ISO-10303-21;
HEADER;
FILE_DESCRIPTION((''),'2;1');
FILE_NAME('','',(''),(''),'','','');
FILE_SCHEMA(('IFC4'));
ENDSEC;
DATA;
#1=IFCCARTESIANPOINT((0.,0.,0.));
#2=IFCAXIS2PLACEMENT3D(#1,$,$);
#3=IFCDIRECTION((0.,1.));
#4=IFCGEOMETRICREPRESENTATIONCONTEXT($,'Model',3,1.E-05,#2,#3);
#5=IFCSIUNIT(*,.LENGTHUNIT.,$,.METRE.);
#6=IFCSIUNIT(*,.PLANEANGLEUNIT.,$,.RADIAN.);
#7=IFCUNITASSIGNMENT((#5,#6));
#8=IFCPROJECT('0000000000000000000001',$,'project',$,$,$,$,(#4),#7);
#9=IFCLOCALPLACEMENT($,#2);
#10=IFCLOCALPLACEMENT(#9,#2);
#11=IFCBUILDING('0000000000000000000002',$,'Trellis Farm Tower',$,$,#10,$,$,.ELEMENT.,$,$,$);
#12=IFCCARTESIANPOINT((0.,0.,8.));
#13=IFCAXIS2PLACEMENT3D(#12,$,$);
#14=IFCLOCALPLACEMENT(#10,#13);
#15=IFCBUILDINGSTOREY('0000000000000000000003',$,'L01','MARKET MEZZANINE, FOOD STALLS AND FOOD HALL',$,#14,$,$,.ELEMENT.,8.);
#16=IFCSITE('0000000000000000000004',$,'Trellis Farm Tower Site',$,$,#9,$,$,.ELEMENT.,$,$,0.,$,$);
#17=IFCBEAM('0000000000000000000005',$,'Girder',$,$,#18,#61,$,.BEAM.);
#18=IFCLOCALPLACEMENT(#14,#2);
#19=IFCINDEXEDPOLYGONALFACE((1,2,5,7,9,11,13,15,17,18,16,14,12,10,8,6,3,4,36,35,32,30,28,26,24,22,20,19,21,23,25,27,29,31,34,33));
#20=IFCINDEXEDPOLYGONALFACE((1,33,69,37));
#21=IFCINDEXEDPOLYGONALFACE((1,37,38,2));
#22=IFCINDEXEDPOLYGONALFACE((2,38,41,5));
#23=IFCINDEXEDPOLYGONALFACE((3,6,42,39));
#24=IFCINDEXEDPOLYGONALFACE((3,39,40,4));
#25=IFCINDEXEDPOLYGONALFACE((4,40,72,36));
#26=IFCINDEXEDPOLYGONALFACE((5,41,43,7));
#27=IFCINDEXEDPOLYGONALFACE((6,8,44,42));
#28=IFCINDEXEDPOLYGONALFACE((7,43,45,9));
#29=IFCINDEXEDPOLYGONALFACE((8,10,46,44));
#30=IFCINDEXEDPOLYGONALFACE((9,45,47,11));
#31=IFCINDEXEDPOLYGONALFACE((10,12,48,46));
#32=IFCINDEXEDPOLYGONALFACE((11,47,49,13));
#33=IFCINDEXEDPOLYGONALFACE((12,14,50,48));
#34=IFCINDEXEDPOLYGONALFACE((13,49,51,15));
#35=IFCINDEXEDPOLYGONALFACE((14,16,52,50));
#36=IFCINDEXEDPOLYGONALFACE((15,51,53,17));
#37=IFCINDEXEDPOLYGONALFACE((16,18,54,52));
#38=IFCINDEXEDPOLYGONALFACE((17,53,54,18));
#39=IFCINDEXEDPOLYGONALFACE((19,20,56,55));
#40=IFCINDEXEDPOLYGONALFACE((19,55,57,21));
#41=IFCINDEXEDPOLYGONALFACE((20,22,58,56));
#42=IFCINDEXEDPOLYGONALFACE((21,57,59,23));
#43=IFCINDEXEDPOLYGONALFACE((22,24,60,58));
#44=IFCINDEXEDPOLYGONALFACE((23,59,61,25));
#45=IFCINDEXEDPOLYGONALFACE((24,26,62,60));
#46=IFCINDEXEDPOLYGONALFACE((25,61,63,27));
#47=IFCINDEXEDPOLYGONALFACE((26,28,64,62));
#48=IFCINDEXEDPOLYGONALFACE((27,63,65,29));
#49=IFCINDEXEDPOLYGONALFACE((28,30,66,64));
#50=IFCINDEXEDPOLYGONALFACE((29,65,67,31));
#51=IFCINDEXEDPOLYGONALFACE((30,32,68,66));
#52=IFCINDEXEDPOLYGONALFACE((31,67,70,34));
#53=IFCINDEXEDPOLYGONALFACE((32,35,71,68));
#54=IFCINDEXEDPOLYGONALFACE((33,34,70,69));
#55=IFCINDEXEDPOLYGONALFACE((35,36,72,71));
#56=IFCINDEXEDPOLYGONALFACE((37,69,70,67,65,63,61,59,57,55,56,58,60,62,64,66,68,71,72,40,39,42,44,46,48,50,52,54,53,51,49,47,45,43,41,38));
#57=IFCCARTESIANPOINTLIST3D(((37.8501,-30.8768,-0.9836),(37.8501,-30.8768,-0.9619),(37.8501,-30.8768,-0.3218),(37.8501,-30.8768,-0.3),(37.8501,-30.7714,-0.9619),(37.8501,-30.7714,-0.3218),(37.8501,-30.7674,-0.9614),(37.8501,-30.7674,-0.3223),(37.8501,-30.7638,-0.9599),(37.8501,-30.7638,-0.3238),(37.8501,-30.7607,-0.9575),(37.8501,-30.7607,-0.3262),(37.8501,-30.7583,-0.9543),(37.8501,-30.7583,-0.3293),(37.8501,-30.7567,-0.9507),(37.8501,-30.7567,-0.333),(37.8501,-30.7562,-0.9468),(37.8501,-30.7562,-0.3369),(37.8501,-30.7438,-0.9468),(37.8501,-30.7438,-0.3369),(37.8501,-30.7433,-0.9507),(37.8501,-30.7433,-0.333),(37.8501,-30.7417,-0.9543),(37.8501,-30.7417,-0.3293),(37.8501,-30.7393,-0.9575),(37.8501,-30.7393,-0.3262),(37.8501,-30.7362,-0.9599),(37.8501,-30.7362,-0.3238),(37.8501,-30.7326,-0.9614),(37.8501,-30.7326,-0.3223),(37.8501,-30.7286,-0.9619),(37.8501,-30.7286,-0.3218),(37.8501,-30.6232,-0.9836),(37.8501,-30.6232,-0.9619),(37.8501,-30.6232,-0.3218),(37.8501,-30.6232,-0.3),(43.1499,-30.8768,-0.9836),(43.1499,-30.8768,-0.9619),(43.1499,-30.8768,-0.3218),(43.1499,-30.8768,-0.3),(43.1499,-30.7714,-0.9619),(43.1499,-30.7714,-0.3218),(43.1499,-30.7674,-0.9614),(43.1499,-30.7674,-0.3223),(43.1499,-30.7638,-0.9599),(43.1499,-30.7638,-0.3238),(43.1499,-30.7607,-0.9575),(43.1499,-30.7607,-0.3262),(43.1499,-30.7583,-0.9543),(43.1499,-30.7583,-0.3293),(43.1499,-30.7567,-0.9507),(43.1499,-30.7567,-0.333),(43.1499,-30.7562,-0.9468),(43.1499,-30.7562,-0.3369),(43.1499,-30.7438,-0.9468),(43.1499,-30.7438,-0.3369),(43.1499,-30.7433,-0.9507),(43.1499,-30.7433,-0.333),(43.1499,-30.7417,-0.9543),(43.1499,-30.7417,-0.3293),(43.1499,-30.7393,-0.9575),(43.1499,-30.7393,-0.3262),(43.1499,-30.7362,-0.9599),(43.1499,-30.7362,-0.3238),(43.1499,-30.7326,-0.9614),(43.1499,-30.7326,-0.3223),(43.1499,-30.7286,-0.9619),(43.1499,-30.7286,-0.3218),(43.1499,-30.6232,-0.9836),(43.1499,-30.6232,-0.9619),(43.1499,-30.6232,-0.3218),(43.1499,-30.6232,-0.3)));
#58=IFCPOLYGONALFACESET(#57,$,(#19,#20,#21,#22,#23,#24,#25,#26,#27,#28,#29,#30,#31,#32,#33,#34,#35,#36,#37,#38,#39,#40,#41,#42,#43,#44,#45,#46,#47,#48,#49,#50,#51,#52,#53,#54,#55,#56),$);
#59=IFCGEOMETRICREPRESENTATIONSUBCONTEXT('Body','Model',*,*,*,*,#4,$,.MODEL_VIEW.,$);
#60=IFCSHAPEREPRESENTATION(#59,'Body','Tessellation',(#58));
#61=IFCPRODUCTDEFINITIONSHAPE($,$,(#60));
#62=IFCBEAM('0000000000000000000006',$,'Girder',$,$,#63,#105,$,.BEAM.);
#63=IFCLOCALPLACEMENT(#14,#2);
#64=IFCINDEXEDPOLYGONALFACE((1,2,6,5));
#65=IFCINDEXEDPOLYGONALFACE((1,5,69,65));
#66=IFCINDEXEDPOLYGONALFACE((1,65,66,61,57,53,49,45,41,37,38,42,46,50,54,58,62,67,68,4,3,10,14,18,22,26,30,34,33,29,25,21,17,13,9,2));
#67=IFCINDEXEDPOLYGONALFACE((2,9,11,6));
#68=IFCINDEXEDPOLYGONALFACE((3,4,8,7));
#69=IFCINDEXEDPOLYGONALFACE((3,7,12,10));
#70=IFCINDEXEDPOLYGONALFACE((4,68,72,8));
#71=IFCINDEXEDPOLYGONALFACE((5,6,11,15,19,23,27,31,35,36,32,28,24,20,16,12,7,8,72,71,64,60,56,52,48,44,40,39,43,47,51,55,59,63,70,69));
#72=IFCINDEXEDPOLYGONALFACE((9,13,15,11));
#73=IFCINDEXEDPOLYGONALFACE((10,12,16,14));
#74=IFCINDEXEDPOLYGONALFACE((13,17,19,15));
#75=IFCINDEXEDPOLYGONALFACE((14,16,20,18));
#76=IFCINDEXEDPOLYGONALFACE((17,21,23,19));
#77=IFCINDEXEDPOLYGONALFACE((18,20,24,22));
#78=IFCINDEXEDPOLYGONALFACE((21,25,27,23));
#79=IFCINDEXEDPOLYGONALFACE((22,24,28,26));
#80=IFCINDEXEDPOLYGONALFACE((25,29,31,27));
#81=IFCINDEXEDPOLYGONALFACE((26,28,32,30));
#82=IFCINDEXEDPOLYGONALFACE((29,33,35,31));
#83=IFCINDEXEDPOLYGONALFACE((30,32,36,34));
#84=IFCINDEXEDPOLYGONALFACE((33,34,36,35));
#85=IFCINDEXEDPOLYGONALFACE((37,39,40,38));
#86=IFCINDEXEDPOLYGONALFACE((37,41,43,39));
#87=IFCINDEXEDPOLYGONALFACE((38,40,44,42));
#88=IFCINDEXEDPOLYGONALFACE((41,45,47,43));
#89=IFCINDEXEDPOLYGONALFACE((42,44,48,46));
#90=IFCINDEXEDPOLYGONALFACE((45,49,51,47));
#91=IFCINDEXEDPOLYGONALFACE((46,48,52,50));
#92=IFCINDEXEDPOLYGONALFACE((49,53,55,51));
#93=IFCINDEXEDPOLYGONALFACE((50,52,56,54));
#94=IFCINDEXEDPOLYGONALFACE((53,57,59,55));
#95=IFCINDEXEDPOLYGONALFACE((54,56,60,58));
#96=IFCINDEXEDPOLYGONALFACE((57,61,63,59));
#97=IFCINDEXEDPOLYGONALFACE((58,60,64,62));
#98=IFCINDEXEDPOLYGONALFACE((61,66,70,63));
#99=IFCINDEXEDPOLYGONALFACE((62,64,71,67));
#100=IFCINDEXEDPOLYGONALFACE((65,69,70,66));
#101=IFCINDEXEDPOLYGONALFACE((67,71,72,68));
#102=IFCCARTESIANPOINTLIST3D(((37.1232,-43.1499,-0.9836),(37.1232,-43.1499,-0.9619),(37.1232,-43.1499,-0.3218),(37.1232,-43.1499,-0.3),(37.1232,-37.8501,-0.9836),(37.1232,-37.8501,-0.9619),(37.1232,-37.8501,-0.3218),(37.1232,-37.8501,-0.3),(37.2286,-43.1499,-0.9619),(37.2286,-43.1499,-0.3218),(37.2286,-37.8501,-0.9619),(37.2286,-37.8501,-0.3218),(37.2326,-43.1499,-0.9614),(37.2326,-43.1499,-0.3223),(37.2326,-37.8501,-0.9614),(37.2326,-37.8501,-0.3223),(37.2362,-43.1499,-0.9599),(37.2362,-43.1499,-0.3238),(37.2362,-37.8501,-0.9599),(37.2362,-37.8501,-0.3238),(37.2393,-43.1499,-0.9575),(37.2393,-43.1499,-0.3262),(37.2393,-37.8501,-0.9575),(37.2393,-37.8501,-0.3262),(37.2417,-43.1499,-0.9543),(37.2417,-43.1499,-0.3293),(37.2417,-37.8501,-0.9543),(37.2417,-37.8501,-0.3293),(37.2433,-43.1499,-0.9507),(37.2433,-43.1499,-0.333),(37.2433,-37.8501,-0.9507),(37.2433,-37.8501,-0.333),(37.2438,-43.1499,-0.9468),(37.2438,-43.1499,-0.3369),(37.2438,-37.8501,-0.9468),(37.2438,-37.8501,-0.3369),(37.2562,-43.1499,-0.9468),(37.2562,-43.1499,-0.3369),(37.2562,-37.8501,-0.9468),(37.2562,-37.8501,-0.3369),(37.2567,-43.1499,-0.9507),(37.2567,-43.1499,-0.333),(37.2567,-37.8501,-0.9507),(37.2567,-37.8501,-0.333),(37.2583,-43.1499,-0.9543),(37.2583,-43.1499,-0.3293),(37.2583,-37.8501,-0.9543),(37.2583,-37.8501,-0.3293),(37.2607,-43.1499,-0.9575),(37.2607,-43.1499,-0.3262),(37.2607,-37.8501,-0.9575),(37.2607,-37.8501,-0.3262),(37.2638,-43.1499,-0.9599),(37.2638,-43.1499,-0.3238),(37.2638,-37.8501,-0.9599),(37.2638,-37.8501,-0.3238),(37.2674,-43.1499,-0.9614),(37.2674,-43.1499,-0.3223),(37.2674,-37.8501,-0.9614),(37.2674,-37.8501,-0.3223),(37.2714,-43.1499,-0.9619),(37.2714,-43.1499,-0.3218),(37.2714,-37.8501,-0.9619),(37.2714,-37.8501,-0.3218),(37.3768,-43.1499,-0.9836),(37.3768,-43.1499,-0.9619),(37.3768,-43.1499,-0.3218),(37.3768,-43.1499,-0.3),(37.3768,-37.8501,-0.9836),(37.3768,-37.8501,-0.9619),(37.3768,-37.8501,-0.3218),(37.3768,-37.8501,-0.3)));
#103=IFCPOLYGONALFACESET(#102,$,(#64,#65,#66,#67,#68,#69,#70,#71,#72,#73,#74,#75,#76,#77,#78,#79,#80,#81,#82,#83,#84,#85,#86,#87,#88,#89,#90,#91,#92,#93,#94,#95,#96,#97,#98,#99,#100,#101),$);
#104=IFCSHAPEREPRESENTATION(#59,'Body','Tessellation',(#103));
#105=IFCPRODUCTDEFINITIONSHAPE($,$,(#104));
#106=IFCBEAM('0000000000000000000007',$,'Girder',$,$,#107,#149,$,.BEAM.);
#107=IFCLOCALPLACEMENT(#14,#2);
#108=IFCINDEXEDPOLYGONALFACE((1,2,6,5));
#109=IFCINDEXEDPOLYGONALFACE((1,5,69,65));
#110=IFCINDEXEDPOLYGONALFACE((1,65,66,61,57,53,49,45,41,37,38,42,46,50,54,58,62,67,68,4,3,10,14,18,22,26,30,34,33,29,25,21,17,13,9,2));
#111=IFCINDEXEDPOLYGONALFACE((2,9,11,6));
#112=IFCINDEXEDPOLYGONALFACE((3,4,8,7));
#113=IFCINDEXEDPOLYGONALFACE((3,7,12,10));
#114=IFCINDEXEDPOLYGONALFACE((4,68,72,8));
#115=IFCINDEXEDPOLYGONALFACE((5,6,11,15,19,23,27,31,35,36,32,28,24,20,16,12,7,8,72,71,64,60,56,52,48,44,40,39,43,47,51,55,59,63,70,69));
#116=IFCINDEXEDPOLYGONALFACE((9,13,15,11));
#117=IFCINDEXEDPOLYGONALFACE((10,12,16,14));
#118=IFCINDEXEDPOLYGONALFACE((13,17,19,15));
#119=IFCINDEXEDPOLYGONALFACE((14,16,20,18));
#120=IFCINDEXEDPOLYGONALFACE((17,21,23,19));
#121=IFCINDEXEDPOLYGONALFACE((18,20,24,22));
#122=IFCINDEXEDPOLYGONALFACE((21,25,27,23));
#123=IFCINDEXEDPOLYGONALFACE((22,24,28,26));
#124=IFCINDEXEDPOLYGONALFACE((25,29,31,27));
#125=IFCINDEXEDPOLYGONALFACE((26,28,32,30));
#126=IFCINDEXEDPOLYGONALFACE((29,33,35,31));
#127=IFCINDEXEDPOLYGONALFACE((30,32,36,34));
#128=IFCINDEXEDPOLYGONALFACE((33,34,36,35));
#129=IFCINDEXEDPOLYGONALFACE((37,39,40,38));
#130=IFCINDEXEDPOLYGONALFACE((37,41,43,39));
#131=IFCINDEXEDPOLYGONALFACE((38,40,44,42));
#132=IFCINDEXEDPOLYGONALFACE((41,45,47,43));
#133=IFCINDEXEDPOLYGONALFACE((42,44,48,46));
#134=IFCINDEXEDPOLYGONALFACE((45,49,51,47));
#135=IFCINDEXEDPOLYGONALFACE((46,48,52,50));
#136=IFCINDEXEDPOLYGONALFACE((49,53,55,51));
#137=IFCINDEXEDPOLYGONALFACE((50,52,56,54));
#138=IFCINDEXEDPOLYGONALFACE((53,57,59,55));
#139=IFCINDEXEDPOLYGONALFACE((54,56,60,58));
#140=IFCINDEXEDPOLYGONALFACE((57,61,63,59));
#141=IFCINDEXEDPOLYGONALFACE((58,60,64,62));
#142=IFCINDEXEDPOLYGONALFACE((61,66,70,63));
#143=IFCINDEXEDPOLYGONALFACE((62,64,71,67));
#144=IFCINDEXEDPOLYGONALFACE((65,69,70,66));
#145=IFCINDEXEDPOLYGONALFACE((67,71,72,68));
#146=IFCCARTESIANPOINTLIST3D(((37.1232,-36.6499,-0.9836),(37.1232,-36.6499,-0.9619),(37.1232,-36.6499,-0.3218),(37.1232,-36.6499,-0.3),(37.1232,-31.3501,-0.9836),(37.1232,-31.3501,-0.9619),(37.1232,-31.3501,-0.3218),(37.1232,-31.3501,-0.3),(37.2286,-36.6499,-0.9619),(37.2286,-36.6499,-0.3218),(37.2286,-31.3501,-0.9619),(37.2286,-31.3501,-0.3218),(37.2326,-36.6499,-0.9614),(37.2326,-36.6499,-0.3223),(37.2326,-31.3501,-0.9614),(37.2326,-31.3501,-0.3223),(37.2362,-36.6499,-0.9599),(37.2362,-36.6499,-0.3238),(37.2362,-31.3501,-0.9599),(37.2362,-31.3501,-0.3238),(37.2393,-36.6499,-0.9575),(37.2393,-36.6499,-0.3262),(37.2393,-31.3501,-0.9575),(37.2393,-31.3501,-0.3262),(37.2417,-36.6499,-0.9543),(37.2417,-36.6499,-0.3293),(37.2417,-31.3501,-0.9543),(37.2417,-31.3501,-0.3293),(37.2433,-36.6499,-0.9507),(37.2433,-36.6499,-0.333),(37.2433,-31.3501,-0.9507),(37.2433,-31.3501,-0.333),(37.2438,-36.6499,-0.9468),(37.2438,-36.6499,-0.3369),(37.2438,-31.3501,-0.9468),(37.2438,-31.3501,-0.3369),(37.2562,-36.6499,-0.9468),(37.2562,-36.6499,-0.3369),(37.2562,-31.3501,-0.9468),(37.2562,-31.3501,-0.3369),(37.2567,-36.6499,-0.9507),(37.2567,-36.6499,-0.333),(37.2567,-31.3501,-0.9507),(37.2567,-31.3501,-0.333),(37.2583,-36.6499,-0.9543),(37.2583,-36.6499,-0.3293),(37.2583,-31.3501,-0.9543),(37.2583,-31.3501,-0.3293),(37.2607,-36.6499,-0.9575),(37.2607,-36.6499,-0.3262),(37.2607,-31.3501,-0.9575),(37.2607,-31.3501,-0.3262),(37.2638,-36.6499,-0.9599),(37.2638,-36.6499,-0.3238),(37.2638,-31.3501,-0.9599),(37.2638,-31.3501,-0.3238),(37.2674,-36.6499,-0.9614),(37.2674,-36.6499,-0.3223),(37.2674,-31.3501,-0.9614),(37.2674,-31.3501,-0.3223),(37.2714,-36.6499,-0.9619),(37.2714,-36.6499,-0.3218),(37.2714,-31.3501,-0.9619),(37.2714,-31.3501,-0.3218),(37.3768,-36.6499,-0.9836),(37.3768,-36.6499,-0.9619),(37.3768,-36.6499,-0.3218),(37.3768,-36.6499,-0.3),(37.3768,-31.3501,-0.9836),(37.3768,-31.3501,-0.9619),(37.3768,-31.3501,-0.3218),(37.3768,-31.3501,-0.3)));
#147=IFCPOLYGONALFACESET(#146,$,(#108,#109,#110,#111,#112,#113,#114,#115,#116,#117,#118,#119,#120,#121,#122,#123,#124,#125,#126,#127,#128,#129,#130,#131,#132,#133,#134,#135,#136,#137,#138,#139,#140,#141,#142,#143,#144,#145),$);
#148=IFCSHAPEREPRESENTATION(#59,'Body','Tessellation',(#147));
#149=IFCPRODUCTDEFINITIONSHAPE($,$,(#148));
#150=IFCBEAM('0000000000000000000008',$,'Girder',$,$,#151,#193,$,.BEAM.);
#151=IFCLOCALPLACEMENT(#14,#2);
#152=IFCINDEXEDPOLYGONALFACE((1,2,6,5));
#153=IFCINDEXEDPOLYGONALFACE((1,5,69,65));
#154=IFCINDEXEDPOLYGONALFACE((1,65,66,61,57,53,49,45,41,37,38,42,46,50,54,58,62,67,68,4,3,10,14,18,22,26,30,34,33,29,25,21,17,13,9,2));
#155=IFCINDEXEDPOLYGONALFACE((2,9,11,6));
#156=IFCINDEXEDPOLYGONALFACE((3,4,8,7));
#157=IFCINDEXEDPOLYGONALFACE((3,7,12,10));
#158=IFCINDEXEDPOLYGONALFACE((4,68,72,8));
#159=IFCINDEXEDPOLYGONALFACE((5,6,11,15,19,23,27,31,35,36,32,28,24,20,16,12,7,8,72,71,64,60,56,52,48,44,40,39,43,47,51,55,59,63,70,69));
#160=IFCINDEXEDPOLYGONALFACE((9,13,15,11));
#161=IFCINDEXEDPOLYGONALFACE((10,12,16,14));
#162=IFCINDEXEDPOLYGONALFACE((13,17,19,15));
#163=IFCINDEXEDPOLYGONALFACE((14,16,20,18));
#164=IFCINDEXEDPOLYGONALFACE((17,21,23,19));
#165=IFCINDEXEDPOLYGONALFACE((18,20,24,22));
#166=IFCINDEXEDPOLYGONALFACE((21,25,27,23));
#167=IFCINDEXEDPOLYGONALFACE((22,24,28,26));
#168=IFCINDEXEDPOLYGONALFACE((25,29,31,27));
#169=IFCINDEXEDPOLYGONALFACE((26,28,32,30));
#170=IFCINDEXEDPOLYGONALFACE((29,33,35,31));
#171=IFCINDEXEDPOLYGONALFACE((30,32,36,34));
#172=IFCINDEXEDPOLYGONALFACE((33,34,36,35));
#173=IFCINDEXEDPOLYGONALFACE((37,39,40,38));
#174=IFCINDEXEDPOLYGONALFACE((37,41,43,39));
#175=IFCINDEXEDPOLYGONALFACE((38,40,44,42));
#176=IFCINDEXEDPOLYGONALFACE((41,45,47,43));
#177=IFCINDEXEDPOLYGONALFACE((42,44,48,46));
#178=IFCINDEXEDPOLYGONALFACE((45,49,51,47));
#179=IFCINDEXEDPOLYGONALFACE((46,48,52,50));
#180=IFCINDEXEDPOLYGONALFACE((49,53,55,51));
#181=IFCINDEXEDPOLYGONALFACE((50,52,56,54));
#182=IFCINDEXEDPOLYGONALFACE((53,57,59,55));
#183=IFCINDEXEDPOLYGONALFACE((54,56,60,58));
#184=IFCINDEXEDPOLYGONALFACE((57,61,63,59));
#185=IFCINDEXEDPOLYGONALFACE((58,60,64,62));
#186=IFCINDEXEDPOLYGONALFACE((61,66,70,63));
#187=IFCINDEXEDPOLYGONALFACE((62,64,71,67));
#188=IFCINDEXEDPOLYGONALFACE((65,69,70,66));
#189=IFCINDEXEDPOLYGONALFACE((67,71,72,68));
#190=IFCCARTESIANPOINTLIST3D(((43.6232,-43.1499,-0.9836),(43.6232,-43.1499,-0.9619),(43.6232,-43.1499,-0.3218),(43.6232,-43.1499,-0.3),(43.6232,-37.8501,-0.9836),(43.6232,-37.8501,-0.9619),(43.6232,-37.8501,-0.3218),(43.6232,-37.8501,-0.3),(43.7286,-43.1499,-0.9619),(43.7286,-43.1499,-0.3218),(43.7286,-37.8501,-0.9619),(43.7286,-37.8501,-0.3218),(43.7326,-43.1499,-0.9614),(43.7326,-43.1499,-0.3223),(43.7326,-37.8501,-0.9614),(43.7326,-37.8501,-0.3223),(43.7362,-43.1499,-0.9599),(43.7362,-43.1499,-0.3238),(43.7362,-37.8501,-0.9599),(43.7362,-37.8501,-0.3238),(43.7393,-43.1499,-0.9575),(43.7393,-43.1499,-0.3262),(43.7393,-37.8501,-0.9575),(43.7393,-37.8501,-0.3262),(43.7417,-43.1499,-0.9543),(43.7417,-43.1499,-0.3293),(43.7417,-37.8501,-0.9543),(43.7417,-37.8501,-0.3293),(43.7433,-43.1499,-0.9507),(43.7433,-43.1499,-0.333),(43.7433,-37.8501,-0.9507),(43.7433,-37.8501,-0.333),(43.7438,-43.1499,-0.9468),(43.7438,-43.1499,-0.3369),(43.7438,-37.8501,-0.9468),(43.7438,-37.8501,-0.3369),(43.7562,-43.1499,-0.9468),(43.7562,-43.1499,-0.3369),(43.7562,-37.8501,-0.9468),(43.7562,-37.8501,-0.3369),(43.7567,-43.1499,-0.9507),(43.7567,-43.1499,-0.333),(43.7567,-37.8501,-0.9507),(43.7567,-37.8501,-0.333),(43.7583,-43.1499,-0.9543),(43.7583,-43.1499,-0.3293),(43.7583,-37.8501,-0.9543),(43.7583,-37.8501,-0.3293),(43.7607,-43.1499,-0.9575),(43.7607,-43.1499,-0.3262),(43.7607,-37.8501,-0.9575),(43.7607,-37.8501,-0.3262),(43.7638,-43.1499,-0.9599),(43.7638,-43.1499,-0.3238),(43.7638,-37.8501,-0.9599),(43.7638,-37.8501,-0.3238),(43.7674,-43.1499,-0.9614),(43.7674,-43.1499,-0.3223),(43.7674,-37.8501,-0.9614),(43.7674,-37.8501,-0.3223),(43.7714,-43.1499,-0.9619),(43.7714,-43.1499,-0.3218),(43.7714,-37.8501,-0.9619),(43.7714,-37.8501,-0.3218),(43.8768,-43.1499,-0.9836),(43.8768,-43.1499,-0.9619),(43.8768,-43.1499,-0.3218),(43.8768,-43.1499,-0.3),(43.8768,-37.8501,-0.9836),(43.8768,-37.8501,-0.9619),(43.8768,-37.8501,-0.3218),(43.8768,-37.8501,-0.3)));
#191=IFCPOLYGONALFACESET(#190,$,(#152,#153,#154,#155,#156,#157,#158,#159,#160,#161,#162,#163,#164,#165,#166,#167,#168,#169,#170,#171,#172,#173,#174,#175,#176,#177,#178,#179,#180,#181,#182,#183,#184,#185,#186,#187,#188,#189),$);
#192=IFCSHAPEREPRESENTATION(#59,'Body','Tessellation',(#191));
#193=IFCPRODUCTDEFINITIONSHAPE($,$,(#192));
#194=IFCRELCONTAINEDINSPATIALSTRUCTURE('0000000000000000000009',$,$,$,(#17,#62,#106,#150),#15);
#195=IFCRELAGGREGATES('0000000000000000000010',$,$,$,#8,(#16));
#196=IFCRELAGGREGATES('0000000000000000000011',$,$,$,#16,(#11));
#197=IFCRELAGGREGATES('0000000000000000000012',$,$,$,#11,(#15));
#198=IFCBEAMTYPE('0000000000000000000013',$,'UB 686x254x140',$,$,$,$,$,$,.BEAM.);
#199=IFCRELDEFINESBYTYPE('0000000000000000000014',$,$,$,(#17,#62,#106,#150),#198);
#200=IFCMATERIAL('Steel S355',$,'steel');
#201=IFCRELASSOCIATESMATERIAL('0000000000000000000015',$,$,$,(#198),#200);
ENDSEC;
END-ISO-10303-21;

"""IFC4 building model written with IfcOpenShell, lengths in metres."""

from ifc_helpers import new_model, si_unit, direction, frame, origin, origin_2d, place, context, subcontext, project, spatial, i_section, extrude, source, transform, mapped, material, material_profile, profile_set, type_object, element, save


model = new_model("IFC4")

# Units and contexts
model_context = context("Model", 3, precision=1e-05, world=origin(), true_north=direction((0.0, 1.0)))
body_context = subcontext(model_context, "Body", "Model", "MODEL_VIEW")
ifc_project = project(units=[si_unit("LENGTHUNIT", "METRE"), si_unit("PLANEANGLEUNIT", "RADIAN")], contexts=[model_context])

# Site, building, storey
site_placement = place(None, origin())
site = spatial("IfcSite", under=ifc_project, at=site_placement, Name="Trellis Farm Tower Site", CompositionType="ELEMENT", RefElevation=0.0)
building_placement = place(site_placement, origin())
building = spatial("IfcBuilding", under=site, at=building_placement, Name="Trellis Farm Tower", CompositionType="ELEMENT")
storey_placement = place(building_placement, frame((0.0, 0.0, 8.0)))
storey = spatial("IfcBuildingStorey", under=building, at=storey_placement, Name="L01", Description="MARKET MEZZANINE, FOOD STALLS AND FOOD HALL", CompositionType="ELEMENT", Elevation=8.0)

# Beams
ifc_material_1 = material(Name="Steel S355", Category="steel")
ifc_material_profile_1 = material_profile(ifc_material_1, i_section(OverallWidth=0.2537, OverallDepth=0.6836, WebThickness=0.0125, FlangeThickness=0.0217, FilletRadius=0.0151, at=origin_2d()), Name="UB 686x254x140")
ifc_profile_set_1 = profile_set([ifc_material_profile_1], Name="Steel S355")
beam_type_1 = type_object("IfcBeamType", Name="UB 686x254x140", PredefinedType="BEAM", material=ifc_profile_set_1)
shared_shape_1 = source(origin(), body_context, "Body", "SweptSolid", [
    extrude(i_section(OverallWidth=0.2537, OverallDepth=0.6836, WebThickness=0.0125, FlangeThickness=0.0217, FilletRadius=0.0151, at=origin_2d()), origin(), (0.0, 0.0, 1.0), 5.2998),
])
for number, where, z_axis, x_axis, name in (
    (1, (37.8501, -30.75, -0.6418), (1.0, 0.0, 0.0), (0.0, 1.0, 0.0), "Girder"),
    (2, (37.25, -43.1499, -0.6418), (0.0, 1.0, 0.0), (-1.0, 0.0, 0.0), "Girder"),
    (3, (37.25, -36.6499, -0.6418), (0.0, 1.0, 0.0), (-1.0, 0.0, 0.0), "Girder"),
    (4, (43.75, -43.1499, -0.6418), (0.0, 1.0, 0.0), (-1.0, 0.0, 0.0), "Girder"),
):
    element("IfcBeam", number, at=place(storey_placement, frame(where, z_axis=z_axis, x_axis=x_axis)), inside=storey, type_object=beam_type_1, Name=name, PredefinedType="BEAM", context=body_context, shape_type="MappedRepresentation", body=[
        mapped(shared_shape_1, transform((0.0, 0.0, 0.0))),
    ])

save(model, "model.ifc")
